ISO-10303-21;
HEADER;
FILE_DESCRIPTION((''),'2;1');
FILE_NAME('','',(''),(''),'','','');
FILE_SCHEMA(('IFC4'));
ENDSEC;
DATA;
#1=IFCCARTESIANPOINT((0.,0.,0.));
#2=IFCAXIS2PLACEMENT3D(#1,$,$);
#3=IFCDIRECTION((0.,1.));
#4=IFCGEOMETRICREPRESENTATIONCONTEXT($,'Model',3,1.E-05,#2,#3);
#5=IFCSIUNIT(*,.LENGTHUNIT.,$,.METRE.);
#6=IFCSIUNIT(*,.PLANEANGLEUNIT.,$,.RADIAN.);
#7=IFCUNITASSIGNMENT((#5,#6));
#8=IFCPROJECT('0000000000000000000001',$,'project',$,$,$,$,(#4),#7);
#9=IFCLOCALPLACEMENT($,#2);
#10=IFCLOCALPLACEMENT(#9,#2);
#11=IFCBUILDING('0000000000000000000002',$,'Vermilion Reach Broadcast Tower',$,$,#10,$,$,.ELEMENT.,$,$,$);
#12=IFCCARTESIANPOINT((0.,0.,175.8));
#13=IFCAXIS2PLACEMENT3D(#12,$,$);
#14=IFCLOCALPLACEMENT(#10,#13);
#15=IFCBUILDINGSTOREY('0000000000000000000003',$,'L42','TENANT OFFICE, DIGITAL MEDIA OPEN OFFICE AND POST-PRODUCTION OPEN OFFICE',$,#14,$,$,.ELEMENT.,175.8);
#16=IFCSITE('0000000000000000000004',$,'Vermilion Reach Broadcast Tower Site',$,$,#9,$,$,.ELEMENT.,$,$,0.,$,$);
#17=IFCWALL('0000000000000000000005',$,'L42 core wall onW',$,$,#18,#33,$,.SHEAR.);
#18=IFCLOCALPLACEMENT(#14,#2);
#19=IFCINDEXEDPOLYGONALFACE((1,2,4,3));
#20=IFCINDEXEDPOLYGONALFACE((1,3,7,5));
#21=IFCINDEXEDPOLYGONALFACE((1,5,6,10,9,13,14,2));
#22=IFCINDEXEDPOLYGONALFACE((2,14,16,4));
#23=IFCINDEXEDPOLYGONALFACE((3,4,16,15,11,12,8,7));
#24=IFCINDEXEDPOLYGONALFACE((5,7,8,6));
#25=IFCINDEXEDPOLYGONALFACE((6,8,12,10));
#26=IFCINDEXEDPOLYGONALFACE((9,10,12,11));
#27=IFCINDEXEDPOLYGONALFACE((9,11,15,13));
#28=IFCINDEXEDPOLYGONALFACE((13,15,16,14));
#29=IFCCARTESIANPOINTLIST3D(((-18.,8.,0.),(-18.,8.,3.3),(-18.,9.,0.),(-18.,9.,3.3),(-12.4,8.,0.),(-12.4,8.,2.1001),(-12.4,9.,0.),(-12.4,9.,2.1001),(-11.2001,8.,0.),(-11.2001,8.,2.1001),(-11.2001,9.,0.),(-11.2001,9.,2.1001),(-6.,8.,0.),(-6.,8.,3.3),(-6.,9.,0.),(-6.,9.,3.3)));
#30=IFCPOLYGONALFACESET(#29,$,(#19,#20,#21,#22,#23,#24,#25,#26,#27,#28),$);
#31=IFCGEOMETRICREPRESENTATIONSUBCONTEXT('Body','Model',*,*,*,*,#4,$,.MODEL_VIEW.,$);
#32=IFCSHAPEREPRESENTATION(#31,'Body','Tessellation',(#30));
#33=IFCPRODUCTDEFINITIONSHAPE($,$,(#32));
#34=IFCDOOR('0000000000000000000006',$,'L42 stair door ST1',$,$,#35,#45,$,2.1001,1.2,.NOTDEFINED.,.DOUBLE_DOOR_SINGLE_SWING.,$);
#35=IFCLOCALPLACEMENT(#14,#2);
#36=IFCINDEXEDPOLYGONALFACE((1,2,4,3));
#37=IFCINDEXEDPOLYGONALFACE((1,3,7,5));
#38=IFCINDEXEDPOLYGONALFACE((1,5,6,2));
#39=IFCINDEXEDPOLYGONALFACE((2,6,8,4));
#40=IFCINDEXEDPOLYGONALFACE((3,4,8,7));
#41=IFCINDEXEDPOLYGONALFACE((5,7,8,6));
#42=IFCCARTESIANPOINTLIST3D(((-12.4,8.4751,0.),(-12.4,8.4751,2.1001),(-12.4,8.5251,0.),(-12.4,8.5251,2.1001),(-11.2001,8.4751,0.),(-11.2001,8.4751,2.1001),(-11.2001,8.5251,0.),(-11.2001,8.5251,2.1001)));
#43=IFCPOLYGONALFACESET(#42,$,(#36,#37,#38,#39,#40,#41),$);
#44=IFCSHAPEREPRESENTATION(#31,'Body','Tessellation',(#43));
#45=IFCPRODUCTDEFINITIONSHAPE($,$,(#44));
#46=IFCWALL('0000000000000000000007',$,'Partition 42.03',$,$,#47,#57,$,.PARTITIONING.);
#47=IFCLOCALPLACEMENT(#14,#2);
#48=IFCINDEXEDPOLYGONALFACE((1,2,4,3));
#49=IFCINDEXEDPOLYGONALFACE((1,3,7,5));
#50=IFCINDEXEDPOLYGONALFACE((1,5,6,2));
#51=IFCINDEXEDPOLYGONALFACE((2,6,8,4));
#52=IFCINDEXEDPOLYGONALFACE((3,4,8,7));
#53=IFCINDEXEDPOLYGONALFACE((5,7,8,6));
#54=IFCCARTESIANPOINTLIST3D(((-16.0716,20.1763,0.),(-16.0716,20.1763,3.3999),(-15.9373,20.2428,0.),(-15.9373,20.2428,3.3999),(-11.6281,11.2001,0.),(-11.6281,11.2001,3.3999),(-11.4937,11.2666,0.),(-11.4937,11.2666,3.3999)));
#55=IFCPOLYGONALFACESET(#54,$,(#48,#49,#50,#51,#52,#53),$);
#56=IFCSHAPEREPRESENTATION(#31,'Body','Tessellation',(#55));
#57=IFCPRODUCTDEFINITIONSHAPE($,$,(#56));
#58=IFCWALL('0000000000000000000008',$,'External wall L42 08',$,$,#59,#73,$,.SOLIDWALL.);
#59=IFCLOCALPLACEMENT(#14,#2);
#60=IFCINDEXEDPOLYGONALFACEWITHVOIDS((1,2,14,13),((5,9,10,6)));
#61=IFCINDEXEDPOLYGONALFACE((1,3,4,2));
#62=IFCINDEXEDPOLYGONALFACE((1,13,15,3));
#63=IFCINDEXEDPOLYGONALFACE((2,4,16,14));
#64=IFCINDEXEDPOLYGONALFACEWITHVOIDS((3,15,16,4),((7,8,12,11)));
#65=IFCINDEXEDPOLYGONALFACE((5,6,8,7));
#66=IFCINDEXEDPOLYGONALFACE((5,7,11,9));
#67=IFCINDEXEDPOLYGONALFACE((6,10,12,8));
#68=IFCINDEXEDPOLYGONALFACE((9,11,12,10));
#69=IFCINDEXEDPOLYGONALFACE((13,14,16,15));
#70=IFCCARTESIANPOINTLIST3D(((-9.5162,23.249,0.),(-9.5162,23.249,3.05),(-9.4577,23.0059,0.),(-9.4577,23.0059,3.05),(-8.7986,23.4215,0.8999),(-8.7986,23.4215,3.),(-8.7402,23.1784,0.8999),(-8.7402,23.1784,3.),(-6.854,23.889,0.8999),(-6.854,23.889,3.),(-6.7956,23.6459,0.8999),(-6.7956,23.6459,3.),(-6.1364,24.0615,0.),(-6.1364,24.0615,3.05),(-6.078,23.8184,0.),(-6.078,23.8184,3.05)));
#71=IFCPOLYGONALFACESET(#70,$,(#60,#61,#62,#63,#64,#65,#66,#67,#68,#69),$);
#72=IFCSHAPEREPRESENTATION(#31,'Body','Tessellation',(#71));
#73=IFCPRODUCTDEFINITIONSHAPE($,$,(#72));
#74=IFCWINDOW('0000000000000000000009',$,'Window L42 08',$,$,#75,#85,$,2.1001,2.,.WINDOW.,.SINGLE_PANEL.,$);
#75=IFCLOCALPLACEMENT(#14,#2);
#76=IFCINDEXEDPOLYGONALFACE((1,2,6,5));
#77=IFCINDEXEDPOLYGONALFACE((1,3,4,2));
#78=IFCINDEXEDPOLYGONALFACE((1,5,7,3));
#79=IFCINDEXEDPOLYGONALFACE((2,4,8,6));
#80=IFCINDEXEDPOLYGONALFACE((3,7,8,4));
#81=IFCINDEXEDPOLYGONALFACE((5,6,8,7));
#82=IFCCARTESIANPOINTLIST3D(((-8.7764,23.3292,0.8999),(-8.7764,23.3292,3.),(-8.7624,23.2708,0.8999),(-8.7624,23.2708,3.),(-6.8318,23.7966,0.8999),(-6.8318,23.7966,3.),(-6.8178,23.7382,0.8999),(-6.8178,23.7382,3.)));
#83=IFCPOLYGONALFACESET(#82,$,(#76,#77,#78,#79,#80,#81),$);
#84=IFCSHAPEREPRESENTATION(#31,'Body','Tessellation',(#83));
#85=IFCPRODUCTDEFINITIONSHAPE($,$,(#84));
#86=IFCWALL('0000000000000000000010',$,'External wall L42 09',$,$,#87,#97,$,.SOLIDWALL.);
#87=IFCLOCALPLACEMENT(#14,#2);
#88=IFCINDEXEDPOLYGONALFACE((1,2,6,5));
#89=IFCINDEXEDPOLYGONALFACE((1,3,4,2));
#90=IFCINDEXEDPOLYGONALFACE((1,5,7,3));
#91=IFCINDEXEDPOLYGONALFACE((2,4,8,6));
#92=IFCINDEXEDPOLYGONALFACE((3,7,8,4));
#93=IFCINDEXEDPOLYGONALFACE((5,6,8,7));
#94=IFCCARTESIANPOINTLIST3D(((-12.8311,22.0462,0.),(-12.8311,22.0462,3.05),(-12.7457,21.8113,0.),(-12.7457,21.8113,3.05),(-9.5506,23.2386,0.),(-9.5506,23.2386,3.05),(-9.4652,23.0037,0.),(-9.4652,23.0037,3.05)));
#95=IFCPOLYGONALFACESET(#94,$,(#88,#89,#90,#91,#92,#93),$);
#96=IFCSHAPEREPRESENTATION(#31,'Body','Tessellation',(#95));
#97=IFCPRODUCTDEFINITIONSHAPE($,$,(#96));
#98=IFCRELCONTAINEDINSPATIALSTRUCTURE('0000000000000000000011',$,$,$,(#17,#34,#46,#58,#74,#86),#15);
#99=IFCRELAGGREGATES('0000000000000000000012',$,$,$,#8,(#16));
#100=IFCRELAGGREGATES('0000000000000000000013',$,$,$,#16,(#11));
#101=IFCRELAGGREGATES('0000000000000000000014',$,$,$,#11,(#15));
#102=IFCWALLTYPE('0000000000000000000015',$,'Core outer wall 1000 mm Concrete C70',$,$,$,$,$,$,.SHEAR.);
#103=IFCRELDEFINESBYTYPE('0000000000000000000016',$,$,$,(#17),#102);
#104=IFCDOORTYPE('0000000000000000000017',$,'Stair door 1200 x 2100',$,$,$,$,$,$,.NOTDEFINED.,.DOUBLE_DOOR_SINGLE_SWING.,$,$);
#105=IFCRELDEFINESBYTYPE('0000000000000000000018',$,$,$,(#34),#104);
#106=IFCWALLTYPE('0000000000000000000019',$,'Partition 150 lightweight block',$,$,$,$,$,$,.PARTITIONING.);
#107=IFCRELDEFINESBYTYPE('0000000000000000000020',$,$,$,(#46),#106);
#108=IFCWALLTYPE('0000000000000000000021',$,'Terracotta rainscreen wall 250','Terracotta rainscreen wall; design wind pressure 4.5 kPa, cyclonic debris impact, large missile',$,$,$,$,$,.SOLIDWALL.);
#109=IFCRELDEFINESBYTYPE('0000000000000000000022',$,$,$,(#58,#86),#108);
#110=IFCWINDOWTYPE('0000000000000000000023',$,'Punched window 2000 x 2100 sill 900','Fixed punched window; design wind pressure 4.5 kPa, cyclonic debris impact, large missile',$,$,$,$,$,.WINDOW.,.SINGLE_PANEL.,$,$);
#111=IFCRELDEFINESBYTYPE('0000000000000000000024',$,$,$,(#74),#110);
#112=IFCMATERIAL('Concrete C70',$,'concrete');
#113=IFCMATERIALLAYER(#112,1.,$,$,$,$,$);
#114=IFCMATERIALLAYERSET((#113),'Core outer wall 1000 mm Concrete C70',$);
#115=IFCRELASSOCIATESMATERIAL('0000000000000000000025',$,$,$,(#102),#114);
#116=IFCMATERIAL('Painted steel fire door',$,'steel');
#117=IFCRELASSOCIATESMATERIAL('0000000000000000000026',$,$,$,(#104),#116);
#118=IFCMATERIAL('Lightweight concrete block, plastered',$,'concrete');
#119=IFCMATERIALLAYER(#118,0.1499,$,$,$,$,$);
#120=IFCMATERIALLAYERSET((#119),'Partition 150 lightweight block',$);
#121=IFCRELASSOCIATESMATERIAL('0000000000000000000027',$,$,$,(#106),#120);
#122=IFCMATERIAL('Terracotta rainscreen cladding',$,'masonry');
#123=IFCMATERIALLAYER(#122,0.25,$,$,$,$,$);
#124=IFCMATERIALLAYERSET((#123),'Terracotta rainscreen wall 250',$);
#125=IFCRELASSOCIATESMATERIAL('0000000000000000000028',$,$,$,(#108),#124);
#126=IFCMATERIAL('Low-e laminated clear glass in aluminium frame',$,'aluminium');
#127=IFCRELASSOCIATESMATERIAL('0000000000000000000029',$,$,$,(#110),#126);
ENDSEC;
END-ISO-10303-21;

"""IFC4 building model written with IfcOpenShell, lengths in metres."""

from ifc_helpers import new_model, si_unit, direction, frame, frame_2d, origin, place, context, subcontext, project, spatial, rectangle, extrude, material, layer, layer_set, type_object, element, fill, save


model = new_model("IFC4")

# Units and contexts
model_context = context("Model", 3, precision=1e-05, world=origin(), true_north=direction((0.0, 1.0)))
body_context = subcontext(model_context, "Body", "Model", "MODEL_VIEW")
ifc_project = project(units=[si_unit("LENGTHUNIT", "METRE"), si_unit("PLANEANGLEUNIT", "RADIAN")], contexts=[model_context])

# Site, building, storey
site_placement = place(None, origin())
site = spatial("IfcSite", under=ifc_project, at=site_placement, Name="Vermilion Reach Broadcast Tower Site", CompositionType="ELEMENT", RefElevation=0.0)
building_placement = place(site_placement, origin())
building = spatial("IfcBuilding", under=site, at=building_placement, Name="Vermilion Reach Broadcast Tower", CompositionType="ELEMENT")
storey_placement = place(building_placement, frame((0.0, 0.0, 175.8)))
storey = spatial("IfcBuildingStorey", under=building, at=storey_placement, Name="L42", Description="TENANT OFFICE, DIGITAL MEDIA OPEN OFFICE AND POST-PRODUCTION OPEN OFFICE", CompositionType="ELEMENT", Elevation=175.8)

# Wall, opening, door
ifc_material_1 = material(Name="Concrete C70", Category="concrete")
ifc_layer_1 = layer(ifc_material_1, 1.0)
ifc_layer_set_1 = layer_set([ifc_layer_1], Name="Core outer wall 1000 mm Concrete C70")
wall_type_1 = type_object("IfcWallType", Name="Core outer wall 1000 mm Concrete C70", PredefinedType="SHEAR", material=ifc_layer_set_1)
wall_1_placement = place(storey_placement, frame((-6.0, 8.5, 0.0), z_axis=(0.0, 0.0, 1.0), x_axis=(-1.0, 0.0, 0.0)))
wall_1 = element("IfcWall", 1, at=wall_1_placement, inside=storey, type_object=wall_type_1, Name="L42 core wall onW", PredefinedType="SHEAR", context=body_context, shape_type="SweptSolid", body=[
    extrude(rectangle(XDim=12.0, YDim=1.0, at=frame_2d((6.0, 0.0))), origin(), (0.0, 0.0, 1.0), 3.3),
])
opening_1_placement = place(wall_1_placement, frame((5.2, 0.0, 0.0)))
opening_1 = element("IfcOpeningElement", 2, at=opening_1_placement, cuts=wall_1, PredefinedType="OPENING", context=body_context, shape_type="SweptSolid", body=[
    extrude(rectangle(XDim=1.2, YDim=2.1001, at=frame_2d((0.6001, 1.05))), frame((0.0, 0.51, 0.0), z_axis=(0.0, -1.0, 0.0), x_axis=(1.0, 0.0, 0.0)), (0.0, 0.0, 1.0), 1.02),
])
ifc_material_2 = material(Name="Painted steel fire door", Category="steel")
door_type = type_object("IfcDoorType", Name="Stair door 1200 x 2100", OperationType="DOUBLE_DOOR_SINGLE_SWING", PredefinedType="NOTDEFINED", material=ifc_material_2)
door_placement = place(opening_1_placement, origin())
door = element("IfcDoor", 3, at=door_placement, inside=storey, type_object=door_type, Name="L42 stair door ST1", OperationType="DOUBLE_DOOR_SINGLE_SWING", OverallHeight=2.1001, OverallWidth=1.2, PredefinedType="NOTDEFINED", context=body_context, shape_type="SweptSolid", body=[
    extrude(rectangle(XDim=1.2, YDim=2.1001, at=frame_2d((0.6001, 1.05))), frame((0.0, 0.0249, 0.0), z_axis=(0.0, -1.0, 0.0), x_axis=(1.0, 0.0, 0.0)), (0.0, 0.0, 1.0), 0.05),
])
fill(opening_1, door)

# Wall
ifc_material_3 = material(Name="Lightweight concrete block, plastered", Category="concrete")
ifc_layer_2 = layer(ifc_material_3, 0.1499)
ifc_layer_set_2 = layer_set([ifc_layer_2], Name="Partition 150 lightweight block")
wall_type_2 = type_object("IfcWallType", Name="Partition 150 lightweight block", PredefinedType="PARTITIONING", material=ifc_layer_set_2)
wall_2_placement = place(storey_placement, frame((-16.0044, 20.2095, 0.0), z_axis=(0.0, 0.0, 1.0), x_axis=(0.443651, -0.896199, 0.0)))
element("IfcWall", 4, at=wall_2_placement, inside=storey, type_object=wall_type_2, Name="Partition 42.03", PredefinedType="PARTITIONING", context=body_context, shape_type="SweptSolid", body=[
    extrude(rectangle(XDim=10.0159, YDim=0.1499, at=frame_2d((5.0078, 0.0))), origin(), (0.0, 0.0, 1.0), 3.3999),
])

# Wall, opening, window
ifc_material_4 = material(Name="Terracotta rainscreen cladding", Category="masonry")
ifc_layer_3 = layer(ifc_material_4, 0.25)
ifc_layer_set_3 = layer_set([ifc_layer_3], Name="Terracotta rainscreen wall 250")
wall_type_3 = type_object("IfcWallType", Name="Terracotta rainscreen wall 250", Description="Terracotta rainscreen wall; design wind pressure 4.5 kPa, cyclonic debris impact, large missile", PredefinedType="SOLIDWALL", material=ifc_layer_set_3)
wall_3_placement = place(storey_placement, frame((-6.1072, 23.9399, 0.0), z_axis=(0.0, 0.0, 1.0), x_axis=(-0.972301, -0.233734, 0.0)))
wall_3 = element("IfcWall", 5, at=wall_3_placement, inside=storey, type_object=wall_type_3, Name="External wall L42 08", PredefinedType="SOLIDWALL", context=body_context, shape_type="SweptSolid", body=[
    extrude(rectangle(XDim=3.4761, YDim=0.25, at=frame_2d((1.738, 0.0))), origin(), (0.0, 0.0, 1.0), 3.05),
])
opening_2_placement = place(wall_3_placement, frame((0.738, 0.0, 0.8999)))
opening_2 = element("IfcOpeningElement", 6, at=opening_2_placement, cuts=wall_3, PredefinedType="OPENING", context=body_context, shape_type="SweptSolid", body=[
    extrude(rectangle(XDim=2.0, YDim=2.1001, at=frame_2d((1.0, 1.05))), frame((0.0, 0.135, 0.0), z_axis=(0.0, -1.0, 0.0), x_axis=(1.0, 0.0, 0.0)), (0.0, 0.0, 1.0), 0.27),
])
ifc_material_5 = material(Name="Low-e laminated clear glass in aluminium frame", Category="aluminium")
window_type = type_object("IfcWindowType", Name="Punched window 2000 x 2100 sill 900", Description="Fixed punched window; design wind pressure 4.5 kPa, cyclonic debris impact, large missile", PartitioningType="SINGLE_PANEL", PredefinedType="WINDOW", material=ifc_material_5)
window_placement = place(opening_2_placement, origin())
window = element("IfcWindow", 7, at=window_placement, inside=storey, type_object=window_type, Name="Window L42 08", OverallHeight=2.1001, OverallWidth=2.0, PartitioningType="SINGLE_PANEL", PredefinedType="WINDOW", context=body_context, shape_type="SweptSolid", body=[
    extrude(rectangle(XDim=2.0, YDim=2.1001, at=frame_2d((1.0, 1.05))), frame((0.0, 0.03, 0.0), z_axis=(0.0, -1.0, 0.0), x_axis=(1.0, 0.0, 0.0)), (0.0, 0.0, 1.0), 0.0601),
])
fill(opening_2, window)

# Wall
wall_4_placement = place(storey_placement, frame((-9.5081, 23.1211, 0.0), z_axis=(0.0, 0.0, 1.0), x_axis=(-0.939842, -0.341608, 0.0)))
element("IfcWall", 8, at=wall_4_placement, inside=storey, type_object=wall_type_3, Name="External wall L42 09", PredefinedType="SOLIDWALL", context=body_context, shape_type="SweptSolid", body=[
    extrude(rectangle(XDim=3.4905, YDim=0.25, at=frame_2d((1.7451, 0.0))), origin(), (0.0, 0.0, 1.0), 3.05),
])

save(model, "model.ifc")
